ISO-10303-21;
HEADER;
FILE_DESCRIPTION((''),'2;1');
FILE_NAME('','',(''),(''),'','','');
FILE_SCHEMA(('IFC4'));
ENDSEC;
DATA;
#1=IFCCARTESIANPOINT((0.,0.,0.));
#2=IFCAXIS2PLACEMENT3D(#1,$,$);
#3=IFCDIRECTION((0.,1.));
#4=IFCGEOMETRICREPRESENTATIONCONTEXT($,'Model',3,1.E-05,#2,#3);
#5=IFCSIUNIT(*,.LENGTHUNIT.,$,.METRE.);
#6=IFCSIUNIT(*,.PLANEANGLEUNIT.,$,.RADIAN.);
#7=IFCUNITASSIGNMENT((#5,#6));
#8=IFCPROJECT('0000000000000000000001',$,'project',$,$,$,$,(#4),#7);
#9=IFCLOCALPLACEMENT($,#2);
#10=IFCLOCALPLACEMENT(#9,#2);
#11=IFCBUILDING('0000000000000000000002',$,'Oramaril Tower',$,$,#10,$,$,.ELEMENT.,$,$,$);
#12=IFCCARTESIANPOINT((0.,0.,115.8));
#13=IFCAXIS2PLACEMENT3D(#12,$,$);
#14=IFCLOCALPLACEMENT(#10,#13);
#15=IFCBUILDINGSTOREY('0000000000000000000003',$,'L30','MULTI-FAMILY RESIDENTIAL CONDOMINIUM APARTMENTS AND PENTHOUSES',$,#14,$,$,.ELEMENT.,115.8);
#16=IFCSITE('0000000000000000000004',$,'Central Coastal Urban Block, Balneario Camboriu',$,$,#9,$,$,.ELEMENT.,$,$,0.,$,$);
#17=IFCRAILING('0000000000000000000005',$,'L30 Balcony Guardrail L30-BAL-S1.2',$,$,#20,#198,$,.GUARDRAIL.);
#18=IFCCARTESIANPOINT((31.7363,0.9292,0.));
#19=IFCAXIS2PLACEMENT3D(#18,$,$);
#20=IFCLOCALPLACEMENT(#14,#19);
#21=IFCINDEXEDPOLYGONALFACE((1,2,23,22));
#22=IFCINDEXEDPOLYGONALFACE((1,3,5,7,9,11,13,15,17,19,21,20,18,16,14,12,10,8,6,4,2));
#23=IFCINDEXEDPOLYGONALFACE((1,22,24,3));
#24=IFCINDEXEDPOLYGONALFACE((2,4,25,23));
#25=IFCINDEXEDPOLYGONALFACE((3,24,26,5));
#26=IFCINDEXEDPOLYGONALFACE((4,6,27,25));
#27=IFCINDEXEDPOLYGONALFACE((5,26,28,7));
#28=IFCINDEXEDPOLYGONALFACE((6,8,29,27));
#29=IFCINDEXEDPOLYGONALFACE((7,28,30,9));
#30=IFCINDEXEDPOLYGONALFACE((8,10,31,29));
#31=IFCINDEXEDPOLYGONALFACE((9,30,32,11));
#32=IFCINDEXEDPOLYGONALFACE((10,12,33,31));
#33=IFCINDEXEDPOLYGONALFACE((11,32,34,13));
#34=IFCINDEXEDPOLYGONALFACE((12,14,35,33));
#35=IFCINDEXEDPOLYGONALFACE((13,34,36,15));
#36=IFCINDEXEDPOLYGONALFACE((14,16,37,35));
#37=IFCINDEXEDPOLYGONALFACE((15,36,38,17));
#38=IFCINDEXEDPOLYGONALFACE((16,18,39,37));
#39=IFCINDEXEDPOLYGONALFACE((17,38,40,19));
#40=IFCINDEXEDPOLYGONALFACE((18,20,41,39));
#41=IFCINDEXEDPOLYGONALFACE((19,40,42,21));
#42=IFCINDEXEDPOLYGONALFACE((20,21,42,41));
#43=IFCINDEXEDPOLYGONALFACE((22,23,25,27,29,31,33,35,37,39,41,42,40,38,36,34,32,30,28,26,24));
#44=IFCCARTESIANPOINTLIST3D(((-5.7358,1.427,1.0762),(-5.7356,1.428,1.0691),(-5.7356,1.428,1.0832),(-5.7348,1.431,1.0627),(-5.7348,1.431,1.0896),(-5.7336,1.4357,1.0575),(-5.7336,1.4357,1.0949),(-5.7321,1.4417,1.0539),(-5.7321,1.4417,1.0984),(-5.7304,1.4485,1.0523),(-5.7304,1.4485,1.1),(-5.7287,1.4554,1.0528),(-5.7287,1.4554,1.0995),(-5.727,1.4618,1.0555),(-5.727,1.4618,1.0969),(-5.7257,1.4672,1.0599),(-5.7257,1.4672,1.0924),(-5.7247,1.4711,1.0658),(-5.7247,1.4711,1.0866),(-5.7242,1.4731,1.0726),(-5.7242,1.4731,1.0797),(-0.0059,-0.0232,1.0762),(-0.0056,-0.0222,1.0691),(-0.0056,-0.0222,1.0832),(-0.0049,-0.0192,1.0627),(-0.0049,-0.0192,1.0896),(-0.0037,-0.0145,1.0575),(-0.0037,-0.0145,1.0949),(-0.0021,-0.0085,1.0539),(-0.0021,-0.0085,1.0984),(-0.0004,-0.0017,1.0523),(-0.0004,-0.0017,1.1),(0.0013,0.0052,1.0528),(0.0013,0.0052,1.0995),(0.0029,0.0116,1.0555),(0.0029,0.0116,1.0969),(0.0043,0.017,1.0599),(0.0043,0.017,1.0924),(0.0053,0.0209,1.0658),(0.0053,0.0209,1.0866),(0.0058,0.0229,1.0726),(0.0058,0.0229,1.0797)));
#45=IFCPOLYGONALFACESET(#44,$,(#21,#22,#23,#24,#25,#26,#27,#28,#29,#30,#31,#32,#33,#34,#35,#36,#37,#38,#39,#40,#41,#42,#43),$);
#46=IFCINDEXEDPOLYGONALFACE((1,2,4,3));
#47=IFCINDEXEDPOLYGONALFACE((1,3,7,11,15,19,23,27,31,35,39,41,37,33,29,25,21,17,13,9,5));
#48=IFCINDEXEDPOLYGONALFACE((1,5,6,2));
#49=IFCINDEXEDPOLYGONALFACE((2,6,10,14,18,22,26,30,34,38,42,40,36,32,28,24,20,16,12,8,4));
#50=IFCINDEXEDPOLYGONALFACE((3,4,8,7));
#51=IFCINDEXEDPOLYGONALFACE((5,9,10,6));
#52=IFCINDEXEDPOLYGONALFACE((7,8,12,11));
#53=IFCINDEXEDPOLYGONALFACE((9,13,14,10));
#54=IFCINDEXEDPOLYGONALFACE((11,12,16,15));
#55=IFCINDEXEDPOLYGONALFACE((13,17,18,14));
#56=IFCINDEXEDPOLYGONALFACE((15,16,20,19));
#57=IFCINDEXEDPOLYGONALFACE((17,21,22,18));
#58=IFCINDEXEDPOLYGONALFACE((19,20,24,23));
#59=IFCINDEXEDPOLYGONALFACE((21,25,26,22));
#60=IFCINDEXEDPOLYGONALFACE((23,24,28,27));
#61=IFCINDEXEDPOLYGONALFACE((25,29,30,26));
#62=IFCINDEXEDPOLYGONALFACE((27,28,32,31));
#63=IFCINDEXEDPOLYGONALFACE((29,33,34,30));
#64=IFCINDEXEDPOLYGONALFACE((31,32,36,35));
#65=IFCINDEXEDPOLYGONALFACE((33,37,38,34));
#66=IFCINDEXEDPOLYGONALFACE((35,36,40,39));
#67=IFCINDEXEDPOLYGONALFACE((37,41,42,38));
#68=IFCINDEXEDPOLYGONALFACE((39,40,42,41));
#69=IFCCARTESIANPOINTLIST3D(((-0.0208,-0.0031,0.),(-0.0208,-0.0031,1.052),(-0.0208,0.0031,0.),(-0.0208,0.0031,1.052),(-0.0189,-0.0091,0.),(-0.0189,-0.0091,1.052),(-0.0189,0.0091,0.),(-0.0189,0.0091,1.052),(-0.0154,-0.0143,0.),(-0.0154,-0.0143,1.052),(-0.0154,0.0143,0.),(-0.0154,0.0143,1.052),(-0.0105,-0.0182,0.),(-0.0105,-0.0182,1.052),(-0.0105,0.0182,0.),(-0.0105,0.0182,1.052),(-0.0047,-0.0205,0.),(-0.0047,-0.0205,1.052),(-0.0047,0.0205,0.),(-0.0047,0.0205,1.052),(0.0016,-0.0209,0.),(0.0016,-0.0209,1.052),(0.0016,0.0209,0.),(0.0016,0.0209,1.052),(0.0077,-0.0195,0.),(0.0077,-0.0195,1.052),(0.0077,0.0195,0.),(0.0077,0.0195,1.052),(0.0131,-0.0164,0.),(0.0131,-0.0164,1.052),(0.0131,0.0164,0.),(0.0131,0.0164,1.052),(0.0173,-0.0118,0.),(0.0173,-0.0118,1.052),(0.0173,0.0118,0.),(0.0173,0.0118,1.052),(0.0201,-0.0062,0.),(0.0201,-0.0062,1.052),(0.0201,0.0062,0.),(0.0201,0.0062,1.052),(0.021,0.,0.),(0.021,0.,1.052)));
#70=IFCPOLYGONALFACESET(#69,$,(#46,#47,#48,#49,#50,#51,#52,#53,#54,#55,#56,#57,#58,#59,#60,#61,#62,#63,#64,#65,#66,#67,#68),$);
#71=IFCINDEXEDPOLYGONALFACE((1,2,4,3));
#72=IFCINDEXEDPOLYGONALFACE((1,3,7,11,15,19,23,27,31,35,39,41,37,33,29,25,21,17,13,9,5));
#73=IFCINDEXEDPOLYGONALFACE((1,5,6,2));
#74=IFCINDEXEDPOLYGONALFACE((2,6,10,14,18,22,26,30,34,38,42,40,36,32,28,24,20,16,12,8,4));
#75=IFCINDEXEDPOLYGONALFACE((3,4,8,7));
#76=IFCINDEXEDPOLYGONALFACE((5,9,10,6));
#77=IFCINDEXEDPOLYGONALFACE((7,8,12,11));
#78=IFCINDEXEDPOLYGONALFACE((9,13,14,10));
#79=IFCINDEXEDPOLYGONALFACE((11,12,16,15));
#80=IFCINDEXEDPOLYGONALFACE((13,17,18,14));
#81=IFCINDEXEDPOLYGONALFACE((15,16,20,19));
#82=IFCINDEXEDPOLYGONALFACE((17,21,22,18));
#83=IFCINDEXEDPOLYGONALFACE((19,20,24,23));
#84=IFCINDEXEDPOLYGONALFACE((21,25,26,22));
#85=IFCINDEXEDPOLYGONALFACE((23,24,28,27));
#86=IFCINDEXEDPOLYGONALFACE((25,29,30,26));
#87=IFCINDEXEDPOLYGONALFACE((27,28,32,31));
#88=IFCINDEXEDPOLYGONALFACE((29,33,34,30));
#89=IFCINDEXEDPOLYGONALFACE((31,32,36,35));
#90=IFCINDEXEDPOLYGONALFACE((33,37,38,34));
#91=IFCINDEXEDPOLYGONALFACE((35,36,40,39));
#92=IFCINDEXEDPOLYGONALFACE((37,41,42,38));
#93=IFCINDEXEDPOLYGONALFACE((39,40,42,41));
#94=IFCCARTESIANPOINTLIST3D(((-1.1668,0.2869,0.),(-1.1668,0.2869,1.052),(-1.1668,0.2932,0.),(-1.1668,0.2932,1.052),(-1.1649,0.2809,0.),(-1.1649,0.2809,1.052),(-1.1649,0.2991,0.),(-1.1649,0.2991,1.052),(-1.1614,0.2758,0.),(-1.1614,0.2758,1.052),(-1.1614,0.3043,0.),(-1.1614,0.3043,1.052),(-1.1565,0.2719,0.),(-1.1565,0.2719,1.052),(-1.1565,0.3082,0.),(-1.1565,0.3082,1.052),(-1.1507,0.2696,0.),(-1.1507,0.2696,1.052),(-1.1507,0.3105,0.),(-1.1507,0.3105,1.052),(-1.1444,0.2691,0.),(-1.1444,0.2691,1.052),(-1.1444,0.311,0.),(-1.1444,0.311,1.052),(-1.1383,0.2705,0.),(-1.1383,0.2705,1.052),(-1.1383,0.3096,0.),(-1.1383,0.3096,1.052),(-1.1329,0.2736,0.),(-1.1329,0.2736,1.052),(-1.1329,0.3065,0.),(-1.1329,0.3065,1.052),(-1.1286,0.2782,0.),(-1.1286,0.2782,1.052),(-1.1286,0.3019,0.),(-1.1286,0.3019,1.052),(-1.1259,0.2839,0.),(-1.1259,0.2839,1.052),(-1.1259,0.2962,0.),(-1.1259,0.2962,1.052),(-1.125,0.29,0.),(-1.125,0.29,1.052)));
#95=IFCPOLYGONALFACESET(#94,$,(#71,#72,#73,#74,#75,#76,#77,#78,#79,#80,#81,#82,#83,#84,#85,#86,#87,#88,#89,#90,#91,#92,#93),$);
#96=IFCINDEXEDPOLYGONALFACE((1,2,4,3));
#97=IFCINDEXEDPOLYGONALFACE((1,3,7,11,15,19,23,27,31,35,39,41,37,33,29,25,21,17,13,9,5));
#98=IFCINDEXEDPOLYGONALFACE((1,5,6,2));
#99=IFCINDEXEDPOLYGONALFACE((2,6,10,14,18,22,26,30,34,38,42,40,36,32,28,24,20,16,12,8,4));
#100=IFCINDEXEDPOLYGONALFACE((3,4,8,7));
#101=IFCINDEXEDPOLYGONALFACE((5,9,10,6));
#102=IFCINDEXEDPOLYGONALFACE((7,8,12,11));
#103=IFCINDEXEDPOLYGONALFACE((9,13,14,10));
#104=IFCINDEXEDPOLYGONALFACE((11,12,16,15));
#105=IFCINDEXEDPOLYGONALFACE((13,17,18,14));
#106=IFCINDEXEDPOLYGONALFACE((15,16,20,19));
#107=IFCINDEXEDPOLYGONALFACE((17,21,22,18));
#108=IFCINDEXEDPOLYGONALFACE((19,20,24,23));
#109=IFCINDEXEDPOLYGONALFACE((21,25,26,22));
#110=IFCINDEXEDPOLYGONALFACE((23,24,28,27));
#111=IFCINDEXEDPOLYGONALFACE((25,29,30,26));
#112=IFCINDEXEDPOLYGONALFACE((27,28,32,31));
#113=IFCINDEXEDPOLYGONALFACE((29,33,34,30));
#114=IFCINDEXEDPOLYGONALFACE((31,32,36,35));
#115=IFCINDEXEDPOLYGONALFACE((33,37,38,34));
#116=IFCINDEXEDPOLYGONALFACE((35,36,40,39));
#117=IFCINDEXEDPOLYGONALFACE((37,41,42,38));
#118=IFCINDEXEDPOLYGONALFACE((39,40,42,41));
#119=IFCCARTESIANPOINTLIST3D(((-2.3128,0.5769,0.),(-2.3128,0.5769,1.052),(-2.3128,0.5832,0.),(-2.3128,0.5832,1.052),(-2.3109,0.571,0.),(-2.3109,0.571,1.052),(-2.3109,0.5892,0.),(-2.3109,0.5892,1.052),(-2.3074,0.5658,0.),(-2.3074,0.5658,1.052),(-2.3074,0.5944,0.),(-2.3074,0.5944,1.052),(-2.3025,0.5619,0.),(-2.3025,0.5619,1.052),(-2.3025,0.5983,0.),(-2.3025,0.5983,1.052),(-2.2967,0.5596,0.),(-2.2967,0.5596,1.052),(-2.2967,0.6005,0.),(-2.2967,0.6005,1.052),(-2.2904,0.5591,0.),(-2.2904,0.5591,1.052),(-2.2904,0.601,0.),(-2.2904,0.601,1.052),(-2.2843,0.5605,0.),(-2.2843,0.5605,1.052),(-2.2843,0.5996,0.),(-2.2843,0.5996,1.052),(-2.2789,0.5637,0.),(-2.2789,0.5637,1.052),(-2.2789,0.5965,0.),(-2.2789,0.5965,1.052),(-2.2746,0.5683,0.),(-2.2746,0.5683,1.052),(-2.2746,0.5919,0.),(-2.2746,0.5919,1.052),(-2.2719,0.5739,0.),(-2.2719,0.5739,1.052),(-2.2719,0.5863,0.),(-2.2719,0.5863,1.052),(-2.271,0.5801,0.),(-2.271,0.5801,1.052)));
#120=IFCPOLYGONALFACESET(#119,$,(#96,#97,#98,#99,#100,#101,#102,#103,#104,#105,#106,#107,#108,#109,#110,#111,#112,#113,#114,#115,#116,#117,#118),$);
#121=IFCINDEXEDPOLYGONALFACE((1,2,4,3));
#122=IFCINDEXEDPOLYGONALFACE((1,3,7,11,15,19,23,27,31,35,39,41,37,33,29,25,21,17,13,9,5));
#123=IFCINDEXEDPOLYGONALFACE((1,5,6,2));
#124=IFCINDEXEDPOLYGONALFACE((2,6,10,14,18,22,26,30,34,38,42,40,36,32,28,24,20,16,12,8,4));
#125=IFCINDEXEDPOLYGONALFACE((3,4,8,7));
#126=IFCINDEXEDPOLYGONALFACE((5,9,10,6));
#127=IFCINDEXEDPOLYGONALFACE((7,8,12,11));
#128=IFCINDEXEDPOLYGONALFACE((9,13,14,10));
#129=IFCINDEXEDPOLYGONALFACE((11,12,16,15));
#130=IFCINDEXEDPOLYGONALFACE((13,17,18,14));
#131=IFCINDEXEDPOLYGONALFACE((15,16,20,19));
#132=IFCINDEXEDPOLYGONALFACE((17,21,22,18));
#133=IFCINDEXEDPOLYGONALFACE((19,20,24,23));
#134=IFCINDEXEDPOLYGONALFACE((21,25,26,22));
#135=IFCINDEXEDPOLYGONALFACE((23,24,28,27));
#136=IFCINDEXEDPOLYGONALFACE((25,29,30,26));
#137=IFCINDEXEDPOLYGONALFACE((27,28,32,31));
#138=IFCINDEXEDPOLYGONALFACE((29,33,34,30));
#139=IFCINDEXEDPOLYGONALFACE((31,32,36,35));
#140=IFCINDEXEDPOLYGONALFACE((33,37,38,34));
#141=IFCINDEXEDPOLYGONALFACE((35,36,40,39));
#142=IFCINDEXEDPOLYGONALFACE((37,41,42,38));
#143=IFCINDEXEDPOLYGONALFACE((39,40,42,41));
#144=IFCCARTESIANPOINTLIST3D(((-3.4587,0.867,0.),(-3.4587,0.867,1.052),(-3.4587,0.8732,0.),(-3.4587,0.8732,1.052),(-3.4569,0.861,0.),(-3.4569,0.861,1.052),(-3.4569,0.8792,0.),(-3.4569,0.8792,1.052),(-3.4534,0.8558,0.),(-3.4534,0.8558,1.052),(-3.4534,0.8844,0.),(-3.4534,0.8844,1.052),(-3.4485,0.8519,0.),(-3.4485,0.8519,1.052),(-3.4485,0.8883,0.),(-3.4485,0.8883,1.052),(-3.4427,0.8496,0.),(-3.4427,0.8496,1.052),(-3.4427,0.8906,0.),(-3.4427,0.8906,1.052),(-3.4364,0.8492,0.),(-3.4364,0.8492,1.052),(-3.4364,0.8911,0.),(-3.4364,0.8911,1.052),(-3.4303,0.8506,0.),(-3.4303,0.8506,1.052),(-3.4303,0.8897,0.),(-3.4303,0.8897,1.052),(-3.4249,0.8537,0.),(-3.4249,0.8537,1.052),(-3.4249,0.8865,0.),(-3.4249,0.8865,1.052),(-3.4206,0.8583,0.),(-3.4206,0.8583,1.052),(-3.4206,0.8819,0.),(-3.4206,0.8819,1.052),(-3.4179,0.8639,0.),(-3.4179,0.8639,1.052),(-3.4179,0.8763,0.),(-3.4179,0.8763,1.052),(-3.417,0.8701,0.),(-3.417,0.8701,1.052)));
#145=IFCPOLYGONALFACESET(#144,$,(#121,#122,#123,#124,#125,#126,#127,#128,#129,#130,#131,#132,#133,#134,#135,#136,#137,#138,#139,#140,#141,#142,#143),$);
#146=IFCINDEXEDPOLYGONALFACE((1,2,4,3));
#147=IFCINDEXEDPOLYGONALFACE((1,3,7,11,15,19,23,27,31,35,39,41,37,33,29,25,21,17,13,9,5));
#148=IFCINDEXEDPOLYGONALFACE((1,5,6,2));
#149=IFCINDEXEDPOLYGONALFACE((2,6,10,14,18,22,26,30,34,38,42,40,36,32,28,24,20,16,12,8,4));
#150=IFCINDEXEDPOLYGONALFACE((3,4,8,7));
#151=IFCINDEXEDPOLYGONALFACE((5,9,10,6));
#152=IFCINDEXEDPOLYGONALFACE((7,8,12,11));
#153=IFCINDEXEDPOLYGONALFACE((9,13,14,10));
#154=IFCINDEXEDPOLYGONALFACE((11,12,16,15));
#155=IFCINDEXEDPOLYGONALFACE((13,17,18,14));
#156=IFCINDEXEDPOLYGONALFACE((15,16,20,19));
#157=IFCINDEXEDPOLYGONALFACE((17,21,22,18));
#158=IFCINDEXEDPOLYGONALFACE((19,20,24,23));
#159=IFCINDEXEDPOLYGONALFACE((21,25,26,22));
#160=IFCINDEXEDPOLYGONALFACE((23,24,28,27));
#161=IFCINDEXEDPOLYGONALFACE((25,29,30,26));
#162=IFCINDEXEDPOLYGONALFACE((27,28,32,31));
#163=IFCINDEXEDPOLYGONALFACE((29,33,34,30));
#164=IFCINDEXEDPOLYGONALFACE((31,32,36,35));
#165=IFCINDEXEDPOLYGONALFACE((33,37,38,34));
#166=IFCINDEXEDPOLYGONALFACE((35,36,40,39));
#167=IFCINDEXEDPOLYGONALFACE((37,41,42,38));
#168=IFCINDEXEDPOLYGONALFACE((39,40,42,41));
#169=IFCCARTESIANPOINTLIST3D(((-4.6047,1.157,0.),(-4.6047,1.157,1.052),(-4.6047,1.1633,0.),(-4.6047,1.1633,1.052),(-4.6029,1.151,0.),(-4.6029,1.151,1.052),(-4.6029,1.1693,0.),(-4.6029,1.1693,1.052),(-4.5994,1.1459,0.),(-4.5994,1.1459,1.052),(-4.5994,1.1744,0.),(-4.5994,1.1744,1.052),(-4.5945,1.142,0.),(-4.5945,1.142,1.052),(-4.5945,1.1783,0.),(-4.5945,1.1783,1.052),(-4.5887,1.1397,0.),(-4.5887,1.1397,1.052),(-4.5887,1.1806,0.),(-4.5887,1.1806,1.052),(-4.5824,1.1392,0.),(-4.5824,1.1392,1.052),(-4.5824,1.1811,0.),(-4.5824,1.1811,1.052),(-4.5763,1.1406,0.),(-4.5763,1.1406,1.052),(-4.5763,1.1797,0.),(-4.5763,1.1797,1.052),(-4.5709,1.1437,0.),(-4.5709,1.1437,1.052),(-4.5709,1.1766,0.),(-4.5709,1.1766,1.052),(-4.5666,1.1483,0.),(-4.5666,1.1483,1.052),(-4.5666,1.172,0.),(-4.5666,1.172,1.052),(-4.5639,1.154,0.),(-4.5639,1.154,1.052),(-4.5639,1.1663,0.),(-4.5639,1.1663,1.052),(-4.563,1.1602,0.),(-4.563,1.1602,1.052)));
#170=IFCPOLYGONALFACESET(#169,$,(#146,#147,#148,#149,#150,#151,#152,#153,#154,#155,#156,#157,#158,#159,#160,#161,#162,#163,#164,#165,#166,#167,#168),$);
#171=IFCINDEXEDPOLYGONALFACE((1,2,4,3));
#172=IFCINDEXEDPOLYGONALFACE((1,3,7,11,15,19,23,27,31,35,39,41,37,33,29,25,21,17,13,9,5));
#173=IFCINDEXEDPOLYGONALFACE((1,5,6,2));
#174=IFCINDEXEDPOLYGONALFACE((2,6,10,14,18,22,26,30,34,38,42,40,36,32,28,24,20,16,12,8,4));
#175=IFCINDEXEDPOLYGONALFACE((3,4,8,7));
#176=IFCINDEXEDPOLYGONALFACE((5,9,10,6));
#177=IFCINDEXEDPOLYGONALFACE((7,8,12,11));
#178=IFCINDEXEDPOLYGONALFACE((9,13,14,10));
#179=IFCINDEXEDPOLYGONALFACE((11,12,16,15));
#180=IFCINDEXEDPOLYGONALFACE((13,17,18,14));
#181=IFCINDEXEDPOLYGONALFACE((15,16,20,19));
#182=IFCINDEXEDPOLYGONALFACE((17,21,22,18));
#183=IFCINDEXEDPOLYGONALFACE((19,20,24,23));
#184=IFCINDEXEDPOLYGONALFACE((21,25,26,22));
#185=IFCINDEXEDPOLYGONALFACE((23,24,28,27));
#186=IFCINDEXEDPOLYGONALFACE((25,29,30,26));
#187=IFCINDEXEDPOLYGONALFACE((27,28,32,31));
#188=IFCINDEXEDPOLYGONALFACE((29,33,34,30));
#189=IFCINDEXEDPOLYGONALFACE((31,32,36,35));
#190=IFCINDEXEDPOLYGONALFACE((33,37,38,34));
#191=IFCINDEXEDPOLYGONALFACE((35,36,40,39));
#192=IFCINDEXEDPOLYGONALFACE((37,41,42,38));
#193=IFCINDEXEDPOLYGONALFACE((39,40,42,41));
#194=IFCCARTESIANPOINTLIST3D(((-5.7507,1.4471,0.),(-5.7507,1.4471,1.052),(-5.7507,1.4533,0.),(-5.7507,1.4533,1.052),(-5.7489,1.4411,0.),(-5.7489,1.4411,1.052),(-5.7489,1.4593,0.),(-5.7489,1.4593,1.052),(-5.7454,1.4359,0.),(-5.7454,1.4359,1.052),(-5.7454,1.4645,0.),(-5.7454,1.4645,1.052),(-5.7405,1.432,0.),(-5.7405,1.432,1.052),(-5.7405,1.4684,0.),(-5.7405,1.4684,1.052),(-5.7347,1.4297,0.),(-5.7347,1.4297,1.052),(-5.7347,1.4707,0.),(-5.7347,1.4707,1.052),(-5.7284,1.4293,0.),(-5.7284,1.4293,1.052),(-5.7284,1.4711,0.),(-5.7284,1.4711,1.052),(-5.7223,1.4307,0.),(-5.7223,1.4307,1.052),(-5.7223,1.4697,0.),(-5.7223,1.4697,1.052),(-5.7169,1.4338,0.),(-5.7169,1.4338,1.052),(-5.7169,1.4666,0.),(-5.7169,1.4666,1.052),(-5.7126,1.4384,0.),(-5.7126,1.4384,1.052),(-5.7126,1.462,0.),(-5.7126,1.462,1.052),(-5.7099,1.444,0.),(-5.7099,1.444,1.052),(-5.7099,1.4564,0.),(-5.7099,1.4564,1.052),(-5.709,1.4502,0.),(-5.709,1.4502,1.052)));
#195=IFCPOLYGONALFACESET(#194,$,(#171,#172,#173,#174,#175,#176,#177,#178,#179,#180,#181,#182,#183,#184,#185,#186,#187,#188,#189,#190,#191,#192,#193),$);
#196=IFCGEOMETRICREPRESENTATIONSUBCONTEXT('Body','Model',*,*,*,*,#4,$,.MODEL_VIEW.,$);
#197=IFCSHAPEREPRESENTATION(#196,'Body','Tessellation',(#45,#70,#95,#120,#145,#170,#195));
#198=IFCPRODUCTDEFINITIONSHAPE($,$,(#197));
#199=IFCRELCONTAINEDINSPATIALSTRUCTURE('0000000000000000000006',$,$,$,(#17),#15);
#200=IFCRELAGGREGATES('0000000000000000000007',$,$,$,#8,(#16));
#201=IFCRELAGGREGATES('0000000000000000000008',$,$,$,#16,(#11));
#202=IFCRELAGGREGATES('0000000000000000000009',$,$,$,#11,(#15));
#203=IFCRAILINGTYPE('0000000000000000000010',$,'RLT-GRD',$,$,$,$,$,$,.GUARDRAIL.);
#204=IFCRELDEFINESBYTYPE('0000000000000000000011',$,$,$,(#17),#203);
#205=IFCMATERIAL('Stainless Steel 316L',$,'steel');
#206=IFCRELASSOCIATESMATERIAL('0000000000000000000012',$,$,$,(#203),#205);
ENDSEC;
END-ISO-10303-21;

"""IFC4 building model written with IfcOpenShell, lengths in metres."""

from ifc_helpers import new_model, si_unit, direction, frame, origin, origin_2d, place, context, subcontext, project, spatial, circle, extrude, material, type_object, element, save


model = new_model("IFC4")

# Units and contexts
model_context = context("Model", 3, precision=1e-05, world=origin(), true_north=direction((0.0, 1.0)))
body_context = subcontext(model_context, "Body", "Model", "MODEL_VIEW")
ifc_project = project(units=[si_unit("LENGTHUNIT", "METRE"), si_unit("PLANEANGLEUNIT", "RADIAN")], contexts=[model_context])

# Site, building, storey
site_placement = place(None, origin())
site = spatial("IfcSite", under=ifc_project, at=site_placement, Name="Central Coastal Urban Block, Balneario Camboriu", CompositionType="ELEMENT", RefElevation=0.0)
building_placement = place(site_placement, origin())
building = spatial("IfcBuilding", under=site, at=building_placement, Name="Oramaril Tower", CompositionType="ELEMENT")
storey_placement = place(building_placement, frame((0.0, 0.0, 115.8)))
storey = spatial("IfcBuildingStorey", under=building, at=storey_placement, Name="L30", Description="MULTI-FAMILY RESIDENTIAL CONDOMINIUM APARTMENTS AND PENTHOUSES", CompositionType="ELEMENT", Elevation=115.8)

# Railing
ifc_material_1 = material(Name="Stainless Steel 316L", Category="steel")
railing_type = type_object("IfcRailingType", Name="RLT-GRD", PredefinedType="GUARDRAIL", material=ifc_material_1)
railing_1_placement = place(storey_placement, frame((31.7363, 0.9292, 0.0)))
element("IfcRailing", 1, at=railing_1_placement, inside=storey, type_object=railing_type, Name="L30 Balcony Guardrail L30-BAL-S1.2", PredefinedType="GUARDRAIL", context=body_context, shape_type="SweptSolid", body=[
    extrude(circle(Radius=0.0239, at=origin_2d()), frame((0.0, 0.0, 1.0762), z_axis=(-0.969434, 0.245353, 0.0), x_axis=(-0.245353, -0.969434, 0.0)), (0.0, 0.0, 1.0), 5.9106),
    extrude(circle(Radius=0.021, at=origin_2d()), origin(), (0.0, 0.0, 1.0), 1.052),
    extrude(circle(Radius=0.021, at=origin_2d()), frame((-1.146, 0.29, 0.0)), (0.0, 0.0, 1.0), 1.052),
    extrude(circle(Radius=0.021, at=origin_2d()), frame((-2.292, 0.5801, 0.0)), (0.0, 0.0, 1.0), 1.052),
    extrude(circle(Radius=0.021, at=origin_2d()), frame((-3.438, 0.8701, 0.0)), (0.0, 0.0, 1.0), 1.052),
    extrude(circle(Radius=0.021, at=origin_2d()), frame((-4.584, 1.1602, 0.0)), (0.0, 0.0, 1.0), 1.052),
    extrude(circle(Radius=0.021, at=origin_2d()), frame((-5.73, 1.4502, 0.0)), (0.0, 0.0, 1.0), 1.052),
])

save(model, "model.ifc")
